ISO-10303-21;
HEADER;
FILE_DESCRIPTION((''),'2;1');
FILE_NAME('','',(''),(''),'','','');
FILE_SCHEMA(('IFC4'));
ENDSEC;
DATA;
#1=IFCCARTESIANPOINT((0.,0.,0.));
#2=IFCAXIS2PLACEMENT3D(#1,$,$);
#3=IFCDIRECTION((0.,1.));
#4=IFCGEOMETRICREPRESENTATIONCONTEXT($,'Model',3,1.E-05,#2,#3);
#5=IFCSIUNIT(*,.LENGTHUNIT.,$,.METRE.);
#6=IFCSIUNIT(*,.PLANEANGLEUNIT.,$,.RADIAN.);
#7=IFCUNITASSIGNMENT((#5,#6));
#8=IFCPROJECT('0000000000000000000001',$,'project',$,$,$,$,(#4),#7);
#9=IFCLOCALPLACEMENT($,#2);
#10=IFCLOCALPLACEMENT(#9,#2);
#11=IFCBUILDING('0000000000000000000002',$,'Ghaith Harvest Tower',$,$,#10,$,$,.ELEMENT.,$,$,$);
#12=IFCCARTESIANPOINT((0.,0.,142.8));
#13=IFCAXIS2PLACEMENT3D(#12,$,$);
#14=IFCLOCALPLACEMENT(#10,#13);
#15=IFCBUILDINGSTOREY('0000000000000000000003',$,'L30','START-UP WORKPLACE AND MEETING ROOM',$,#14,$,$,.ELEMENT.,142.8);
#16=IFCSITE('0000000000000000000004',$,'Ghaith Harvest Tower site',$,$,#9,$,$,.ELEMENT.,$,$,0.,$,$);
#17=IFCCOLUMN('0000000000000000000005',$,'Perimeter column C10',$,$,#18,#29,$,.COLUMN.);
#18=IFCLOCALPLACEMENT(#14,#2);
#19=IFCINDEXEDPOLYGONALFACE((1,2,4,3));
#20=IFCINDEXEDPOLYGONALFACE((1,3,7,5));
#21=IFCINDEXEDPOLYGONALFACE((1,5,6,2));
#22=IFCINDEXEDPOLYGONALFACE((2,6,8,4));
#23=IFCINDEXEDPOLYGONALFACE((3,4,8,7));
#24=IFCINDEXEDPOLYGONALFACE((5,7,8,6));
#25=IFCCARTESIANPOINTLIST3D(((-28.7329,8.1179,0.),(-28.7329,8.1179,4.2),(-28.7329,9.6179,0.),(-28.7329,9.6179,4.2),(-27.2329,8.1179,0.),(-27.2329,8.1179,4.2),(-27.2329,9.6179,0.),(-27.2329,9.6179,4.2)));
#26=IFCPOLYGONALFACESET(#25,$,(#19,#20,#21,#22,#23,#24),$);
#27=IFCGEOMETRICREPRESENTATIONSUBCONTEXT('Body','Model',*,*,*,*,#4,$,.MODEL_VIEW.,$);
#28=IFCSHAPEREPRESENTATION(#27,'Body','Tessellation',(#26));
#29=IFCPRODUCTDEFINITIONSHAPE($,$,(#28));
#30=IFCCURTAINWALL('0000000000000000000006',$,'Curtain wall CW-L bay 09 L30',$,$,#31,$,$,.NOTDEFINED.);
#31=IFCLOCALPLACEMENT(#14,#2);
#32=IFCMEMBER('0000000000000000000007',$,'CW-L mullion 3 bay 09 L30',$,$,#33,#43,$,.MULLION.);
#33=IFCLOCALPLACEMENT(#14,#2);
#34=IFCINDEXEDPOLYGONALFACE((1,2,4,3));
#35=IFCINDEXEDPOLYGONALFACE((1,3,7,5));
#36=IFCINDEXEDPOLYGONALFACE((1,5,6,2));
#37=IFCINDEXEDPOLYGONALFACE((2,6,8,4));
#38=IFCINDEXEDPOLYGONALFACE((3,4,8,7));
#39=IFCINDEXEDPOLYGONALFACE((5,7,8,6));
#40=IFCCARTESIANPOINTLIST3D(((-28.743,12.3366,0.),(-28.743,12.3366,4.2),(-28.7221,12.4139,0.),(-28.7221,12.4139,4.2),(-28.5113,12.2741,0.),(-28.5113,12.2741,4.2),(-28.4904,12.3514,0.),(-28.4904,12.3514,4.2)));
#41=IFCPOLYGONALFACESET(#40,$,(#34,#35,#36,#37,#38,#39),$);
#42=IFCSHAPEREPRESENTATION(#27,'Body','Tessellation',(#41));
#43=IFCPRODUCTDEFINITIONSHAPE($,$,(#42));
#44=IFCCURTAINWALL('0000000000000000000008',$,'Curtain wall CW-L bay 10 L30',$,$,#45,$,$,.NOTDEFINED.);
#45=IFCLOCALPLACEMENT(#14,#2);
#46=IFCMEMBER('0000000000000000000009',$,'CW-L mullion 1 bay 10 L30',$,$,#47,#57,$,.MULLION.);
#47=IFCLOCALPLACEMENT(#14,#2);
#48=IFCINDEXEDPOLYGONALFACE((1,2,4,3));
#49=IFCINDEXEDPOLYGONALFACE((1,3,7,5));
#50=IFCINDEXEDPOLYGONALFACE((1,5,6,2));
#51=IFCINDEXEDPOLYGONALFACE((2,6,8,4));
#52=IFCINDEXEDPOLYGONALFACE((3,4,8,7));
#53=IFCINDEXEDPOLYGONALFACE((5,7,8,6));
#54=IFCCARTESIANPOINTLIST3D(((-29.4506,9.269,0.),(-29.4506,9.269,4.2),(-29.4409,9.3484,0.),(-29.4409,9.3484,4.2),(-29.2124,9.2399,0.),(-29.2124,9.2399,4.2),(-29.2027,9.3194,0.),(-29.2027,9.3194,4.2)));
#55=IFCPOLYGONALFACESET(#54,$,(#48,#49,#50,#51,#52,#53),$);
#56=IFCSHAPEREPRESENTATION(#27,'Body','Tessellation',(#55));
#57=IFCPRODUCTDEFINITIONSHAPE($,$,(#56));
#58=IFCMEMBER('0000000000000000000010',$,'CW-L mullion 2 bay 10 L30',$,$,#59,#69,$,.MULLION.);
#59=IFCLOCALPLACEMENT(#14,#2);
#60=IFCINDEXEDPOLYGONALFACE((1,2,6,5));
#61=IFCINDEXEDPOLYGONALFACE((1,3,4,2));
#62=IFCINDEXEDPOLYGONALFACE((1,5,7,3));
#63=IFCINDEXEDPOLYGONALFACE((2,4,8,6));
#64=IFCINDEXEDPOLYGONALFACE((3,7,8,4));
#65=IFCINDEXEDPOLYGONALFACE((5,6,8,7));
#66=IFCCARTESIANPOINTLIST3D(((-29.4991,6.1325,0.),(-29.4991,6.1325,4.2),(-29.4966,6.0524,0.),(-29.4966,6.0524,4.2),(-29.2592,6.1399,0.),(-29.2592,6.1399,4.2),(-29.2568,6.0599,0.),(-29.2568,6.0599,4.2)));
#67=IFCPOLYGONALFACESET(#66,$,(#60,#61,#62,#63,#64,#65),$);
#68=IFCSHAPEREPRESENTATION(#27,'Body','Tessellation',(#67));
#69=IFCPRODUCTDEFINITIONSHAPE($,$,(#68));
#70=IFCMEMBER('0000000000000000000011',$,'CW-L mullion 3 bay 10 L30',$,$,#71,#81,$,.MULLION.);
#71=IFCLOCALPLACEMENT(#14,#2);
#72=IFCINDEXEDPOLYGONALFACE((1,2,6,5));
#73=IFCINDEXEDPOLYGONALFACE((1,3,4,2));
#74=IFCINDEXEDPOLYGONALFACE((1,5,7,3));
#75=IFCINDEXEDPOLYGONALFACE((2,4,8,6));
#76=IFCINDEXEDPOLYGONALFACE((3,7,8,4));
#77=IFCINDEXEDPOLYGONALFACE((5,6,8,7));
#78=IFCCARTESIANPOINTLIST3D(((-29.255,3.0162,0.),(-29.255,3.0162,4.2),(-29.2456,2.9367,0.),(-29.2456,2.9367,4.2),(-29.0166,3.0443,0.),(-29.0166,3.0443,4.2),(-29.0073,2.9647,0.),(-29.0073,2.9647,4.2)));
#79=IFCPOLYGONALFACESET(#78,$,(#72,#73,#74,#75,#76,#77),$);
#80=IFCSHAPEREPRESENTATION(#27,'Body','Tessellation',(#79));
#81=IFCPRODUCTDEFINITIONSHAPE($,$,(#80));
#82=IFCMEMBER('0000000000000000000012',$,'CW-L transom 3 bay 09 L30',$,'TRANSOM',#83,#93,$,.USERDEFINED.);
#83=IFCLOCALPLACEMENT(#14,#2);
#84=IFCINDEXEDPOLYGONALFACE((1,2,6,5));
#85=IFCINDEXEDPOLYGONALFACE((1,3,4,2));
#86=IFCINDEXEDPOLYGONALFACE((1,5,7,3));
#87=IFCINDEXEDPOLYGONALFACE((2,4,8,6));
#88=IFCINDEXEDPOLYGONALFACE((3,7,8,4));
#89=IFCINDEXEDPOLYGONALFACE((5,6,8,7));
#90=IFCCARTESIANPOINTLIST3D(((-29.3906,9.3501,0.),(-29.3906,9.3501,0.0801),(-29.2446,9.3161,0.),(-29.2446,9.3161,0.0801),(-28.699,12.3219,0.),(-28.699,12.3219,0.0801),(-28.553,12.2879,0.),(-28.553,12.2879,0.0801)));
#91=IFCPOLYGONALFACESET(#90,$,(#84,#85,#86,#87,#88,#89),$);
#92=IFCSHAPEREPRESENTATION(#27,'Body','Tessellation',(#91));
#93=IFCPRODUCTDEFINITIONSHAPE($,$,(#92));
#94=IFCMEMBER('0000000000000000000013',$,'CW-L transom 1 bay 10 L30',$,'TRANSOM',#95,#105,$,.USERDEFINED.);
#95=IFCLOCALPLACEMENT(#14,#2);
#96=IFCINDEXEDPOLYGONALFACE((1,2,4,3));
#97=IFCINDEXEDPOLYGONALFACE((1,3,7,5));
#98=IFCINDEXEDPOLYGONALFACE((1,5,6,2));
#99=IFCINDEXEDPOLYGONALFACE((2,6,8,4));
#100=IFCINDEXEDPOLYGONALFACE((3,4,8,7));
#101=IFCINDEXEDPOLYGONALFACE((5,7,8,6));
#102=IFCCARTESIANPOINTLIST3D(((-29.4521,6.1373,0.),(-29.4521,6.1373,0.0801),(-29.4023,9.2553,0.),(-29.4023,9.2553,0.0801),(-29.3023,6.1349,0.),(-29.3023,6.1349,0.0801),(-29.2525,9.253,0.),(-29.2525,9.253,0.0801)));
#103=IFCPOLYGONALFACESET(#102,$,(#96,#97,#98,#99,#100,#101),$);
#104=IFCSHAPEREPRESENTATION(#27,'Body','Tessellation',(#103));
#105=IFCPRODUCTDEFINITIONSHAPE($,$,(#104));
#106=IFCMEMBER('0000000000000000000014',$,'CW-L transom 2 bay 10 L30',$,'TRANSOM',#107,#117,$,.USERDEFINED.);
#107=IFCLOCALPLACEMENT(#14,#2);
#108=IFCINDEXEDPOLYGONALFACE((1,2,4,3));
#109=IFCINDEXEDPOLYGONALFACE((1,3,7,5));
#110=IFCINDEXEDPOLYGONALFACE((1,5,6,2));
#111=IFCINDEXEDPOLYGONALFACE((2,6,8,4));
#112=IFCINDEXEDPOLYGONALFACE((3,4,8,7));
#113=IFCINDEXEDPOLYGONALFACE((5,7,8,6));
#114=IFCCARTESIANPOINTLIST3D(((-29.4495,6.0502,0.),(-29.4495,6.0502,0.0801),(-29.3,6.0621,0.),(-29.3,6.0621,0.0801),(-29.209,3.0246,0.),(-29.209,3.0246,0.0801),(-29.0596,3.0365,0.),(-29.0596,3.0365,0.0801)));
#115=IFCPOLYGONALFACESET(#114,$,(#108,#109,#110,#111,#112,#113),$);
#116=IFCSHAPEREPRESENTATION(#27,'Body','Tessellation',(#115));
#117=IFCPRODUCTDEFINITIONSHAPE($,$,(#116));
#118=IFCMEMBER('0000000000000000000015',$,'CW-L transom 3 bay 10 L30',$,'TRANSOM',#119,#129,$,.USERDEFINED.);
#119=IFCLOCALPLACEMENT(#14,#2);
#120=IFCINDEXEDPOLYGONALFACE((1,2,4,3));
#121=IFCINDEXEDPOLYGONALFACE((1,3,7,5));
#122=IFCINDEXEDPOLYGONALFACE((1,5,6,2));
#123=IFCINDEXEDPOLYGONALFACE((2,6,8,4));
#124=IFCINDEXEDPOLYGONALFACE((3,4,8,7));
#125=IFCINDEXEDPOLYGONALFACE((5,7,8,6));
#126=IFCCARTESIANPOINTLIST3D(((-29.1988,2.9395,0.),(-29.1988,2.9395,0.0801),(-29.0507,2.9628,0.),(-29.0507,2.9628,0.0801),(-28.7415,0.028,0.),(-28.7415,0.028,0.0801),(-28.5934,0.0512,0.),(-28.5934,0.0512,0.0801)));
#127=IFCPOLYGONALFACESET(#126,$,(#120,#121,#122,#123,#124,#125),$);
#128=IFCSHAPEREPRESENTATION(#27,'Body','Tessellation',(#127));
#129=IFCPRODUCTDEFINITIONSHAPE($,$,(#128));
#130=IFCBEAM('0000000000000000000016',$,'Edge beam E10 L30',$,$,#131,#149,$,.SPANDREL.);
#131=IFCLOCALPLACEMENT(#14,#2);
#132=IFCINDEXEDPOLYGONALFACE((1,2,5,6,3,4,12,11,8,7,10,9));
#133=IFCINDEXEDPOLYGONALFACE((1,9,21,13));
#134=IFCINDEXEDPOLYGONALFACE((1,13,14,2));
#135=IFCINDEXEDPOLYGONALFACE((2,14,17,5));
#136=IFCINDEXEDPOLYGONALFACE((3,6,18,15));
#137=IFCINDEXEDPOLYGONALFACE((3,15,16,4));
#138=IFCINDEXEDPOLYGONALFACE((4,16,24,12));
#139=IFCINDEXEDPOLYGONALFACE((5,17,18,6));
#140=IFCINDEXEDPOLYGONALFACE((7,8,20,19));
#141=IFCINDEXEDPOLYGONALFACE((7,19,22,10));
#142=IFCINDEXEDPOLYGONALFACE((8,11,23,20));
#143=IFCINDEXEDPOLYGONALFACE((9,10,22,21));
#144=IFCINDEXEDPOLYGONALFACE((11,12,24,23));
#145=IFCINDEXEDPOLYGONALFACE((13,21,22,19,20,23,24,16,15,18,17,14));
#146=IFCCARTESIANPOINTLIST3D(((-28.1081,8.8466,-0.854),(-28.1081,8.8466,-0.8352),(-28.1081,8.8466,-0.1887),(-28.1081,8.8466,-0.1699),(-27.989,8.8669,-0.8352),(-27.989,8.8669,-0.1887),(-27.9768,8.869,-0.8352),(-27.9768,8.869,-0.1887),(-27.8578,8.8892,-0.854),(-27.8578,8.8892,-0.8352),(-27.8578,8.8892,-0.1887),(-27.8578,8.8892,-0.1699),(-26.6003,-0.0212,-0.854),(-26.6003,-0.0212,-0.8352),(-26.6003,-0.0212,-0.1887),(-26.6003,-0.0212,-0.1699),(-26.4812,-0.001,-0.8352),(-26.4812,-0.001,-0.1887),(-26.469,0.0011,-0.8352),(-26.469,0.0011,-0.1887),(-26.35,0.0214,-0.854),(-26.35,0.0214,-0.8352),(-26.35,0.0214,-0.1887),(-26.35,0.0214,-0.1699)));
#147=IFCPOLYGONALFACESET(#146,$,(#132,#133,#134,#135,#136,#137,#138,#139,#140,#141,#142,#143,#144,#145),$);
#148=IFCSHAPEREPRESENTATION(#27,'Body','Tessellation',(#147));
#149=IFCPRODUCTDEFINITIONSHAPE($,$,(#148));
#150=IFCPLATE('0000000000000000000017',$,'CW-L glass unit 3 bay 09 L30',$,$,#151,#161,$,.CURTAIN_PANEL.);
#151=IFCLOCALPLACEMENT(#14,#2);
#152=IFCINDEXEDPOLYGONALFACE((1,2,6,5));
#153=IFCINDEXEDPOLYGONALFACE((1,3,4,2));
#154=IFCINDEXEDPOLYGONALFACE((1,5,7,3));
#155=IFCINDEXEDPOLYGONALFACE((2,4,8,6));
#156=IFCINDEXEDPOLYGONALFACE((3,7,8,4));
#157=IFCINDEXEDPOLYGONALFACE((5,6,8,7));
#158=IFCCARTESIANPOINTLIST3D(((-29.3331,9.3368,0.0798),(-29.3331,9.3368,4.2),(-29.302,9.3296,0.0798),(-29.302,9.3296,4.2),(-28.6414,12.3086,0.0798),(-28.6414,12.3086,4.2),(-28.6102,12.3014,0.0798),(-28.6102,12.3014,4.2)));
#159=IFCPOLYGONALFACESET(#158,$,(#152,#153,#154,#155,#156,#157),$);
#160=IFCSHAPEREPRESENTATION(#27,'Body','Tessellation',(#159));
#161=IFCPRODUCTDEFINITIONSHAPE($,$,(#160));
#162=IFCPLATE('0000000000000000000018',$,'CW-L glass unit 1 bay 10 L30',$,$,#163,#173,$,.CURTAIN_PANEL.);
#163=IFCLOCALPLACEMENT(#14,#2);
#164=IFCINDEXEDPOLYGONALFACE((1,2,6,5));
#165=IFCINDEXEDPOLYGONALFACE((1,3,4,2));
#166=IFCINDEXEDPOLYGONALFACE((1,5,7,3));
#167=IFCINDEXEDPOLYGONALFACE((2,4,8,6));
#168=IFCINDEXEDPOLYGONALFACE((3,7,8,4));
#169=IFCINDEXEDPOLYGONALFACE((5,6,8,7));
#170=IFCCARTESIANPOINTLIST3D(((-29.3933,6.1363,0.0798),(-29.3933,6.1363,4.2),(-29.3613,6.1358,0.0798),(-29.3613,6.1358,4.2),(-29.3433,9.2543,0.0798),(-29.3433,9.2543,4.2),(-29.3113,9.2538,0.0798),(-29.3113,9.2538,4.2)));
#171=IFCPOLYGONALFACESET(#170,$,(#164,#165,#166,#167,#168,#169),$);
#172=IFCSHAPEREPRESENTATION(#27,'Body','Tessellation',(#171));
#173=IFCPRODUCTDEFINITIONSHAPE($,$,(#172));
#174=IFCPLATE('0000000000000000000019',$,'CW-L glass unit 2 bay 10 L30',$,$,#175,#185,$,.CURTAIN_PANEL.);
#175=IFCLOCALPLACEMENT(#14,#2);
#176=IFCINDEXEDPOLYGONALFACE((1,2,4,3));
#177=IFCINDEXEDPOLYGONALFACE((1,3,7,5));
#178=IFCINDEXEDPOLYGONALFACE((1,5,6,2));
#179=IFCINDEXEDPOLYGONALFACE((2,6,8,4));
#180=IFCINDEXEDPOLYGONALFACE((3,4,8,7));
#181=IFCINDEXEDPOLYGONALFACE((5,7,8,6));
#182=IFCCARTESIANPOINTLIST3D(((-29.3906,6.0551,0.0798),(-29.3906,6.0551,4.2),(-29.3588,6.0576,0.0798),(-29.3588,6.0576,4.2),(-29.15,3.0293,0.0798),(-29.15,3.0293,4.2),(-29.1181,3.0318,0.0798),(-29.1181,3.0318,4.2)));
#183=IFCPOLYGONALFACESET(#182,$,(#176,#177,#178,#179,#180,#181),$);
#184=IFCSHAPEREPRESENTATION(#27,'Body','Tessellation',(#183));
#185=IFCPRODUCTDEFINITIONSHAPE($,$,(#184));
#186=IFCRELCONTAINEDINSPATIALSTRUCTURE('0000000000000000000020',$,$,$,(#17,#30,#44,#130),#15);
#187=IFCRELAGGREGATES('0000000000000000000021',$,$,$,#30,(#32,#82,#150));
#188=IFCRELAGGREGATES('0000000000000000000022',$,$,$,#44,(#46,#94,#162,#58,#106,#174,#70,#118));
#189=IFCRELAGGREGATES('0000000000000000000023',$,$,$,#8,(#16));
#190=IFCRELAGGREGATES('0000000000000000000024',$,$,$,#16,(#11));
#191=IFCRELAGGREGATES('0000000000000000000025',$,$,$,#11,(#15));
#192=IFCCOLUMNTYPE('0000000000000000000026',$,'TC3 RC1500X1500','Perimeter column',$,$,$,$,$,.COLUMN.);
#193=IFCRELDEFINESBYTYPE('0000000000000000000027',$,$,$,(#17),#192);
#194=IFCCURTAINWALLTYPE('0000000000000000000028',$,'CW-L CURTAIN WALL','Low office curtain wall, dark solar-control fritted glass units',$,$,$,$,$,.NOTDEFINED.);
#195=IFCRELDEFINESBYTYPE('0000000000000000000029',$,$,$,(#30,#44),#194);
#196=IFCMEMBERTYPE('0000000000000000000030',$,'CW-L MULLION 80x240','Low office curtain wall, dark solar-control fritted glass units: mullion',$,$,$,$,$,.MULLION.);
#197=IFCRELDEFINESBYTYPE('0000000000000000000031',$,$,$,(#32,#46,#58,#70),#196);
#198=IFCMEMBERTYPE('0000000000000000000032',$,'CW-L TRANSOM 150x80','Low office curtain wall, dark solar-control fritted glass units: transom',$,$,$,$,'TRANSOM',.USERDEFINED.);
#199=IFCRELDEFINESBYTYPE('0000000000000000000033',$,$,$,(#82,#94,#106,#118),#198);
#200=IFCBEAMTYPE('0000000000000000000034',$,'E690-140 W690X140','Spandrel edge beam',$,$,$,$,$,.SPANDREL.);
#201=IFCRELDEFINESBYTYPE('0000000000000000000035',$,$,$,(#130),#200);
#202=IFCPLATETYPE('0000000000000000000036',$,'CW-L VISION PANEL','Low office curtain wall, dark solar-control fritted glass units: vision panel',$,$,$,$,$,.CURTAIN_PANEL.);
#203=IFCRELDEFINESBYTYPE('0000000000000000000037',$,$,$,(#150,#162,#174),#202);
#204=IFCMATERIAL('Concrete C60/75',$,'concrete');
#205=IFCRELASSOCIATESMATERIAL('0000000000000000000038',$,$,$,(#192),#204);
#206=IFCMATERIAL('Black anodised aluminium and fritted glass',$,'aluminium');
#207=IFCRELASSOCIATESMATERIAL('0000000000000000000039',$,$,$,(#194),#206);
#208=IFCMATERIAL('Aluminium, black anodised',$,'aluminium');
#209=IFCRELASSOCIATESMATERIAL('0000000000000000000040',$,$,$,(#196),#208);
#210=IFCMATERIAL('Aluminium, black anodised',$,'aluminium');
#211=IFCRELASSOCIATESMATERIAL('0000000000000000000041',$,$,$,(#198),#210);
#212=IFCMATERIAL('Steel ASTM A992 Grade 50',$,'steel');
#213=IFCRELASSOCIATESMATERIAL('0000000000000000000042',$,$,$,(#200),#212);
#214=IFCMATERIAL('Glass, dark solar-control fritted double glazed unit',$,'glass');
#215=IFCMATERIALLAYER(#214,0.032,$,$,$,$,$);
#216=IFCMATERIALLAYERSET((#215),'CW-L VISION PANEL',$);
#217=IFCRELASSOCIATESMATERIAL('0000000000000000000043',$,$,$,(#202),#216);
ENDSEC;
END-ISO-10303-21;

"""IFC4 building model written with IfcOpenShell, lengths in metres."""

from ifc_helpers import new_model, si_unit, direction, frame, origin, origin_2d, place, context, subcontext, project, spatial, rectangle, i_section, extrude, material, layer, layer_set, material_profile, profile_set, type_object, element, aggregate, save


model = new_model("IFC4")

# Units and contexts
model_context = context("Model", 3, precision=1e-05, world=origin(), true_north=direction((0.0, 1.0)))
body_context = subcontext(model_context, "Body", "Model", "MODEL_VIEW")
ifc_project = project(units=[si_unit("LENGTHUNIT", "METRE"), si_unit("PLANEANGLEUNIT", "RADIAN")], contexts=[model_context])

# Site, building, storey
site_placement = place(None, origin())
site = spatial("IfcSite", under=ifc_project, at=site_placement, Name="Ghaith Harvest Tower site", CompositionType="ELEMENT", RefElevation=0.0)
building_placement = place(site_placement, origin())
building = spatial("IfcBuilding", under=site, at=building_placement, Name="Ghaith Harvest Tower", CompositionType="ELEMENT")
storey_placement = place(building_placement, frame((0.0, 0.0, 142.8)))
storey = spatial("IfcBuildingStorey", under=building, at=storey_placement, Name="L30", Description="START-UP WORKPLACE AND MEETING ROOM", CompositionType="ELEMENT", Elevation=142.8)

# Column
ifc_material_1 = material(Name="Concrete C60/75", Category="concrete")
ifc_material_profile_1 = material_profile(ifc_material_1, rectangle(XDim=1.5, YDim=1.5, at=origin_2d()), Name="RC1500X1500")
ifc_profile_set_1 = profile_set([ifc_material_profile_1], Name="Concrete C60/75")
column_type = type_object("IfcColumnType", Name="TC3 RC1500X1500", Description="Perimeter column", PredefinedType="COLUMN", material=ifc_profile_set_1)
column_placement = place(storey_placement, frame((-27.9829, 8.8679, 0.0), z_axis=(0.0, 0.0, 1.0), x_axis=(1.0, 0.0, 0.0)))
element("IfcColumn", 1, at=column_placement, inside=storey, type_object=column_type, Name="Perimeter column C10", PredefinedType="COLUMN", context=body_context, shape_type="SweptSolid", body=[
    extrude(rectangle(XDim=1.5, YDim=1.5, at=origin_2d()), origin(), (0.0, 0.0, 1.0), 4.2),
])

# Curtain wall, member
ifc_material_2 = material(Name="Black anodised aluminium and fritted glass", Category="aluminium")
curtain_wall_type = type_object("IfcCurtainWallType", Name="CW-L CURTAIN WALL", Description="Low office curtain wall, dark solar-control fritted glass units", PredefinedType="NOTDEFINED", material=ifc_material_2)
curtain_wall_1_placement = place(storey_placement, origin())
curtain_wall_1 = element("IfcCurtainWall", 2, at=curtain_wall_1_placement, inside=storey, type_object=curtain_wall_type, Name="Curtain wall CW-L bay 09 L30", PredefinedType="NOTDEFINED")
ifc_material_3 = material(Name="Aluminium, black anodised", Category="aluminium")
ifc_material_profile_2 = material_profile(ifc_material_3, rectangle(XDim=0.0801, YDim=0.24, at=origin_2d()), Name="CW-L MULLION 80x240")
ifc_profile_set_2 = profile_set([ifc_material_profile_2], Name="Aluminium, black anodised")
member_type_1 = type_object("IfcMemberType", Name="CW-L MULLION 80x240", Description="Low office curtain wall, dark solar-control fritted glass units: mullion", PredefinedType="MULLION", material=ifc_profile_set_2)
member_1_placement = place(storey_placement, frame((-28.6167, 12.344, 0.0), z_axis=(0.0, 0.0, 1.0), x_axis=(-0.260727, -0.965412, 0.0)))
member_1 = element("IfcMember", 3, at=member_1_placement, type_object=member_type_1, Name="CW-L mullion 3 bay 09 L30", PredefinedType="MULLION", context=body_context, shape_type="SweptSolid", body=[
    extrude(rectangle(XDim=0.0801, YDim=0.24, at=origin_2d()), origin(), (0.0, 0.0, 1.0), 4.2),
])

# Curtain wall, members
curtain_wall_2_placement = place(storey_placement, origin())
curtain_wall_2 = element("IfcCurtainWall", 4, at=curtain_wall_2_placement, inside=storey, type_object=curtain_wall_type, Name="Curtain wall CW-L bay 10 L30", PredefinedType="NOTDEFINED")
member_2_placement = place(storey_placement, frame((-29.3267, 9.2942, 0.0), z_axis=(0.0, 0.0, 1.0), x_axis=(-0.120932, -0.992661, 0.0)))
member_2 = element("IfcMember", 5, at=member_2_placement, type_object=member_type_1, Name="CW-L mullion 1 bay 10 L30", PredefinedType="MULLION", context=body_context, shape_type="SweptSolid", body=[
    extrude(rectangle(XDim=0.0801, YDim=0.24, at=origin_2d()), origin(), (0.0, 0.0, 1.0), 4.2),
])
member_3_placement = place(storey_placement, frame((-29.3779, 6.0962, 0.0), z_axis=(0.0, 0.0, 1.0), x_axis=(0.031028, -0.999519, 0.0)))
member_3 = element("IfcMember", 6, at=member_3_placement, type_object=member_type_1, Name="CW-L mullion 2 bay 10 L30", PredefinedType="MULLION", context=body_context, shape_type="SweptSolid", body=[
    extrude(rectangle(XDim=0.0801, YDim=0.24, at=origin_2d()), origin(), (0.0, 0.0, 1.0), 4.2),
])
member_4_placement = place(storey_placement, frame((-29.1311, 2.9905, 0.0), z_axis=(0.0, 0.0, 1.0), x_axis=(0.116764, -0.99316, 0.0)))
member_4 = element("IfcMember", 7, at=member_4_placement, type_object=member_type_1, Name="CW-L mullion 3 bay 10 L30", PredefinedType="MULLION", context=body_context, shape_type="SweptSolid", body=[
    extrude(rectangle(XDim=0.0801, YDim=0.24, at=origin_2d()), origin(), (0.0, 0.0, 1.0), 4.2),
])

# Members
ifc_material_4 = material(Name="Aluminium, black anodised", Category="aluminium")
ifc_material_profile_3 = material_profile(ifc_material_4, rectangle(XDim=0.1499, YDim=0.0801, at=origin_2d()), Name="CW-L TRANSOM 150x80")
ifc_profile_set_3 = profile_set([ifc_material_profile_3], Name="Aluminium, black anodised")
member_type_2 = type_object("IfcMemberType", Name="CW-L TRANSOM 150x80", Description="Low office curtain wall, dark solar-control fritted glass units: transom", ElementType="TRANSOM", PredefinedType="USERDEFINED", material=ifc_profile_set_3)
member_5_placement = place(storey_placement, frame((-28.626, 12.3049, 0.04), z_axis=(-0.226671, -0.973971, 0.0), x_axis=(0.973971, -0.226671, 0.0)))
member_5 = element("IfcMember", 8, at=member_5_placement, type_object=member_type_2, Name="CW-L transom 3 bay 09 L30", ObjectType="TRANSOM", PredefinedType="USERDEFINED", context=body_context, shape_type="SweptSolid", body=[
    extrude(rectangle(XDim=0.1499, YDim=0.0801, at=origin_2d()), origin(), (0.0, 0.0, 1.0), 3.0513),
])
member_6_placement = place(storey_placement, frame((-29.3274, 9.2542, 0.04), z_axis=(-0.015972, -0.999872, 0.0), x_axis=(0.999872, -0.015972, 0.0)))
member_6 = element("IfcMember", 9, at=member_6_placement, type_object=member_type_2, Name="CW-L transom 1 bay 10 L30", ObjectType="TRANSOM", PredefinedType="USERDEFINED", context=body_context, shape_type="SweptSolid", body=[
    extrude(rectangle(XDim=0.1499, YDim=0.0801, at=origin_2d()), origin(), (0.0, 0.0, 1.0), 3.1184),
])
member_7_placement = place(storey_placement, frame((-29.3748, 6.0562, 0.04), z_axis=(0.07923, -0.996856, 0.0), x_axis=(0.996856, 0.07923, 0.0)))
member_7 = element("IfcMember", 10, at=member_7_placement, type_object=member_type_2, Name="CW-L transom 2 bay 10 L30", ObjectType="TRANSOM", PredefinedType="USERDEFINED", context=body_context, shape_type="SweptSolid", body=[
    extrude(rectangle(XDim=0.1499, YDim=0.0801, at=origin_2d()), origin(), (0.0, 0.0, 1.0), 3.0352),
])
member_8_placement = place(storey_placement, frame((-29.1248, 2.9512, 0.04), z_axis=(0.15515, -0.987891, 0.0), x_axis=(0.987891, 0.15515, 0.0)))
member_8 = element("IfcMember", 11, at=member_8_placement, type_object=member_type_2, Name="CW-L transom 3 bay 10 L30", ObjectType="TRANSOM", PredefinedType="USERDEFINED", context=body_context, shape_type="SweptSolid", body=[
    extrude(rectangle(XDim=0.1499, YDim=0.0801, at=origin_2d()), origin(), (0.0, 0.0, 1.0), 2.9473),
])

# Beam
ifc_material_5 = material(Name="Steel ASTM A992 Grade 50", Category="steel")
ifc_material_profile_4 = material_profile(ifc_material_5, i_section(OverallWidth=0.2539, OverallDepth=0.6841, WebThickness=0.0125, FlangeThickness=0.0188, at=origin_2d()), Name="W690X140")
ifc_profile_set_4 = profile_set([ifc_material_profile_4], Name="Steel ASTM A992 Grade 50")
beam_type = type_object("IfcBeamType", Name="E690-140 W690X140", Description="Spandrel edge beam", PredefinedType="SPANDREL", material=ifc_profile_set_4)
beam_placement = place(storey_placement, frame((-27.9829, 8.8679, -0.512), z_axis=(0.167624, -0.985851, 0.0), x_axis=(0.985851, 0.167624, 0.0)))
element("IfcBeam", 12, at=beam_placement, inside=storey, type_object=beam_type, Name="Edge beam E10 L30", PredefinedType="SPANDREL", context=body_context, shape_type="SweptSolid", body=[
    extrude(i_section(OverallWidth=0.2539, OverallDepth=0.6841, WebThickness=0.0125, FlangeThickness=0.0188, at=origin_2d()), origin(), (0.0, 0.0, 1.0), 8.9951),
])

# Plates
ifc_material_6 = material(Name="Glass, dark solar-control fritted double glazed unit", Category="glass")
ifc_layer_1 = layer(ifc_material_6, 0.032)
ifc_layer_set_1 = layer_set([ifc_layer_1], Name="CW-L VISION PANEL")
plate_type_1 = type_object("IfcPlateType", Name="CW-L VISION PANEL", Description="Low office curtain wall, dark solar-control fritted glass units: vision panel", PredefinedType="CURTAIN_PANEL", material=ifc_layer_set_1)
plate_1_placement = place(storey_placement, frame((-28.9717, 10.8191, 0.0798), z_axis=(0.0, 0.0, 1.0), x_axis=(-0.226699, -0.973965, 0.0)))
plate_1 = element("IfcPlate", 13, at=plate_1_placement, type_object=plate_type_1, Name="CW-L glass unit 3 bay 09 L30", PredefinedType="CURTAIN_PANEL", context=body_context, shape_type="SweptSolid", body=[
    extrude(rectangle(XDim=3.0513, YDim=0.032, at=origin_2d()), origin(), (0.0, 0.0, 1.0), 4.1201),
])
aggregate(curtain_wall_1, [member_1, member_5, plate_1])
plate_2_placement = place(storey_placement, frame((-29.3523, 7.6951, 0.0798), z_axis=(0.0, 0.0, 1.0), x_axis=(-0.016034, -0.999871, 0.0)))
plate_2 = element("IfcPlate", 14, at=plate_2_placement, type_object=plate_type_1, Name="CW-L glass unit 1 bay 10 L30", PredefinedType="CURTAIN_PANEL", context=body_context, shape_type="SweptSolid", body=[
    extrude(rectangle(XDim=3.1184, YDim=0.032, at=origin_2d()), origin(), (0.0, 0.0, 1.0), 4.1201),
])
plate_3_placement = place(storey_placement, frame((-29.2544, 4.5435, 0.0798), z_axis=(0.0, 0.0, 1.0), x_axis=(0.079273, -0.996853, 0.0)))
plate_3 = element("IfcPlate", 15, at=plate_3_placement, type_object=plate_type_1, Name="CW-L glass unit 2 bay 10 L30", PredefinedType="CURTAIN_PANEL", context=body_context, shape_type="SweptSolid", body=[
    extrude(rectangle(XDim=3.0354, YDim=0.032, at=origin_2d()), origin(), (0.0, 0.0, 1.0), 4.1201),
])
aggregate(curtain_wall_2, [member_2, member_6, plate_2, member_3, member_7, plate_3, member_4, member_8])

save(model, "model.ifc")
